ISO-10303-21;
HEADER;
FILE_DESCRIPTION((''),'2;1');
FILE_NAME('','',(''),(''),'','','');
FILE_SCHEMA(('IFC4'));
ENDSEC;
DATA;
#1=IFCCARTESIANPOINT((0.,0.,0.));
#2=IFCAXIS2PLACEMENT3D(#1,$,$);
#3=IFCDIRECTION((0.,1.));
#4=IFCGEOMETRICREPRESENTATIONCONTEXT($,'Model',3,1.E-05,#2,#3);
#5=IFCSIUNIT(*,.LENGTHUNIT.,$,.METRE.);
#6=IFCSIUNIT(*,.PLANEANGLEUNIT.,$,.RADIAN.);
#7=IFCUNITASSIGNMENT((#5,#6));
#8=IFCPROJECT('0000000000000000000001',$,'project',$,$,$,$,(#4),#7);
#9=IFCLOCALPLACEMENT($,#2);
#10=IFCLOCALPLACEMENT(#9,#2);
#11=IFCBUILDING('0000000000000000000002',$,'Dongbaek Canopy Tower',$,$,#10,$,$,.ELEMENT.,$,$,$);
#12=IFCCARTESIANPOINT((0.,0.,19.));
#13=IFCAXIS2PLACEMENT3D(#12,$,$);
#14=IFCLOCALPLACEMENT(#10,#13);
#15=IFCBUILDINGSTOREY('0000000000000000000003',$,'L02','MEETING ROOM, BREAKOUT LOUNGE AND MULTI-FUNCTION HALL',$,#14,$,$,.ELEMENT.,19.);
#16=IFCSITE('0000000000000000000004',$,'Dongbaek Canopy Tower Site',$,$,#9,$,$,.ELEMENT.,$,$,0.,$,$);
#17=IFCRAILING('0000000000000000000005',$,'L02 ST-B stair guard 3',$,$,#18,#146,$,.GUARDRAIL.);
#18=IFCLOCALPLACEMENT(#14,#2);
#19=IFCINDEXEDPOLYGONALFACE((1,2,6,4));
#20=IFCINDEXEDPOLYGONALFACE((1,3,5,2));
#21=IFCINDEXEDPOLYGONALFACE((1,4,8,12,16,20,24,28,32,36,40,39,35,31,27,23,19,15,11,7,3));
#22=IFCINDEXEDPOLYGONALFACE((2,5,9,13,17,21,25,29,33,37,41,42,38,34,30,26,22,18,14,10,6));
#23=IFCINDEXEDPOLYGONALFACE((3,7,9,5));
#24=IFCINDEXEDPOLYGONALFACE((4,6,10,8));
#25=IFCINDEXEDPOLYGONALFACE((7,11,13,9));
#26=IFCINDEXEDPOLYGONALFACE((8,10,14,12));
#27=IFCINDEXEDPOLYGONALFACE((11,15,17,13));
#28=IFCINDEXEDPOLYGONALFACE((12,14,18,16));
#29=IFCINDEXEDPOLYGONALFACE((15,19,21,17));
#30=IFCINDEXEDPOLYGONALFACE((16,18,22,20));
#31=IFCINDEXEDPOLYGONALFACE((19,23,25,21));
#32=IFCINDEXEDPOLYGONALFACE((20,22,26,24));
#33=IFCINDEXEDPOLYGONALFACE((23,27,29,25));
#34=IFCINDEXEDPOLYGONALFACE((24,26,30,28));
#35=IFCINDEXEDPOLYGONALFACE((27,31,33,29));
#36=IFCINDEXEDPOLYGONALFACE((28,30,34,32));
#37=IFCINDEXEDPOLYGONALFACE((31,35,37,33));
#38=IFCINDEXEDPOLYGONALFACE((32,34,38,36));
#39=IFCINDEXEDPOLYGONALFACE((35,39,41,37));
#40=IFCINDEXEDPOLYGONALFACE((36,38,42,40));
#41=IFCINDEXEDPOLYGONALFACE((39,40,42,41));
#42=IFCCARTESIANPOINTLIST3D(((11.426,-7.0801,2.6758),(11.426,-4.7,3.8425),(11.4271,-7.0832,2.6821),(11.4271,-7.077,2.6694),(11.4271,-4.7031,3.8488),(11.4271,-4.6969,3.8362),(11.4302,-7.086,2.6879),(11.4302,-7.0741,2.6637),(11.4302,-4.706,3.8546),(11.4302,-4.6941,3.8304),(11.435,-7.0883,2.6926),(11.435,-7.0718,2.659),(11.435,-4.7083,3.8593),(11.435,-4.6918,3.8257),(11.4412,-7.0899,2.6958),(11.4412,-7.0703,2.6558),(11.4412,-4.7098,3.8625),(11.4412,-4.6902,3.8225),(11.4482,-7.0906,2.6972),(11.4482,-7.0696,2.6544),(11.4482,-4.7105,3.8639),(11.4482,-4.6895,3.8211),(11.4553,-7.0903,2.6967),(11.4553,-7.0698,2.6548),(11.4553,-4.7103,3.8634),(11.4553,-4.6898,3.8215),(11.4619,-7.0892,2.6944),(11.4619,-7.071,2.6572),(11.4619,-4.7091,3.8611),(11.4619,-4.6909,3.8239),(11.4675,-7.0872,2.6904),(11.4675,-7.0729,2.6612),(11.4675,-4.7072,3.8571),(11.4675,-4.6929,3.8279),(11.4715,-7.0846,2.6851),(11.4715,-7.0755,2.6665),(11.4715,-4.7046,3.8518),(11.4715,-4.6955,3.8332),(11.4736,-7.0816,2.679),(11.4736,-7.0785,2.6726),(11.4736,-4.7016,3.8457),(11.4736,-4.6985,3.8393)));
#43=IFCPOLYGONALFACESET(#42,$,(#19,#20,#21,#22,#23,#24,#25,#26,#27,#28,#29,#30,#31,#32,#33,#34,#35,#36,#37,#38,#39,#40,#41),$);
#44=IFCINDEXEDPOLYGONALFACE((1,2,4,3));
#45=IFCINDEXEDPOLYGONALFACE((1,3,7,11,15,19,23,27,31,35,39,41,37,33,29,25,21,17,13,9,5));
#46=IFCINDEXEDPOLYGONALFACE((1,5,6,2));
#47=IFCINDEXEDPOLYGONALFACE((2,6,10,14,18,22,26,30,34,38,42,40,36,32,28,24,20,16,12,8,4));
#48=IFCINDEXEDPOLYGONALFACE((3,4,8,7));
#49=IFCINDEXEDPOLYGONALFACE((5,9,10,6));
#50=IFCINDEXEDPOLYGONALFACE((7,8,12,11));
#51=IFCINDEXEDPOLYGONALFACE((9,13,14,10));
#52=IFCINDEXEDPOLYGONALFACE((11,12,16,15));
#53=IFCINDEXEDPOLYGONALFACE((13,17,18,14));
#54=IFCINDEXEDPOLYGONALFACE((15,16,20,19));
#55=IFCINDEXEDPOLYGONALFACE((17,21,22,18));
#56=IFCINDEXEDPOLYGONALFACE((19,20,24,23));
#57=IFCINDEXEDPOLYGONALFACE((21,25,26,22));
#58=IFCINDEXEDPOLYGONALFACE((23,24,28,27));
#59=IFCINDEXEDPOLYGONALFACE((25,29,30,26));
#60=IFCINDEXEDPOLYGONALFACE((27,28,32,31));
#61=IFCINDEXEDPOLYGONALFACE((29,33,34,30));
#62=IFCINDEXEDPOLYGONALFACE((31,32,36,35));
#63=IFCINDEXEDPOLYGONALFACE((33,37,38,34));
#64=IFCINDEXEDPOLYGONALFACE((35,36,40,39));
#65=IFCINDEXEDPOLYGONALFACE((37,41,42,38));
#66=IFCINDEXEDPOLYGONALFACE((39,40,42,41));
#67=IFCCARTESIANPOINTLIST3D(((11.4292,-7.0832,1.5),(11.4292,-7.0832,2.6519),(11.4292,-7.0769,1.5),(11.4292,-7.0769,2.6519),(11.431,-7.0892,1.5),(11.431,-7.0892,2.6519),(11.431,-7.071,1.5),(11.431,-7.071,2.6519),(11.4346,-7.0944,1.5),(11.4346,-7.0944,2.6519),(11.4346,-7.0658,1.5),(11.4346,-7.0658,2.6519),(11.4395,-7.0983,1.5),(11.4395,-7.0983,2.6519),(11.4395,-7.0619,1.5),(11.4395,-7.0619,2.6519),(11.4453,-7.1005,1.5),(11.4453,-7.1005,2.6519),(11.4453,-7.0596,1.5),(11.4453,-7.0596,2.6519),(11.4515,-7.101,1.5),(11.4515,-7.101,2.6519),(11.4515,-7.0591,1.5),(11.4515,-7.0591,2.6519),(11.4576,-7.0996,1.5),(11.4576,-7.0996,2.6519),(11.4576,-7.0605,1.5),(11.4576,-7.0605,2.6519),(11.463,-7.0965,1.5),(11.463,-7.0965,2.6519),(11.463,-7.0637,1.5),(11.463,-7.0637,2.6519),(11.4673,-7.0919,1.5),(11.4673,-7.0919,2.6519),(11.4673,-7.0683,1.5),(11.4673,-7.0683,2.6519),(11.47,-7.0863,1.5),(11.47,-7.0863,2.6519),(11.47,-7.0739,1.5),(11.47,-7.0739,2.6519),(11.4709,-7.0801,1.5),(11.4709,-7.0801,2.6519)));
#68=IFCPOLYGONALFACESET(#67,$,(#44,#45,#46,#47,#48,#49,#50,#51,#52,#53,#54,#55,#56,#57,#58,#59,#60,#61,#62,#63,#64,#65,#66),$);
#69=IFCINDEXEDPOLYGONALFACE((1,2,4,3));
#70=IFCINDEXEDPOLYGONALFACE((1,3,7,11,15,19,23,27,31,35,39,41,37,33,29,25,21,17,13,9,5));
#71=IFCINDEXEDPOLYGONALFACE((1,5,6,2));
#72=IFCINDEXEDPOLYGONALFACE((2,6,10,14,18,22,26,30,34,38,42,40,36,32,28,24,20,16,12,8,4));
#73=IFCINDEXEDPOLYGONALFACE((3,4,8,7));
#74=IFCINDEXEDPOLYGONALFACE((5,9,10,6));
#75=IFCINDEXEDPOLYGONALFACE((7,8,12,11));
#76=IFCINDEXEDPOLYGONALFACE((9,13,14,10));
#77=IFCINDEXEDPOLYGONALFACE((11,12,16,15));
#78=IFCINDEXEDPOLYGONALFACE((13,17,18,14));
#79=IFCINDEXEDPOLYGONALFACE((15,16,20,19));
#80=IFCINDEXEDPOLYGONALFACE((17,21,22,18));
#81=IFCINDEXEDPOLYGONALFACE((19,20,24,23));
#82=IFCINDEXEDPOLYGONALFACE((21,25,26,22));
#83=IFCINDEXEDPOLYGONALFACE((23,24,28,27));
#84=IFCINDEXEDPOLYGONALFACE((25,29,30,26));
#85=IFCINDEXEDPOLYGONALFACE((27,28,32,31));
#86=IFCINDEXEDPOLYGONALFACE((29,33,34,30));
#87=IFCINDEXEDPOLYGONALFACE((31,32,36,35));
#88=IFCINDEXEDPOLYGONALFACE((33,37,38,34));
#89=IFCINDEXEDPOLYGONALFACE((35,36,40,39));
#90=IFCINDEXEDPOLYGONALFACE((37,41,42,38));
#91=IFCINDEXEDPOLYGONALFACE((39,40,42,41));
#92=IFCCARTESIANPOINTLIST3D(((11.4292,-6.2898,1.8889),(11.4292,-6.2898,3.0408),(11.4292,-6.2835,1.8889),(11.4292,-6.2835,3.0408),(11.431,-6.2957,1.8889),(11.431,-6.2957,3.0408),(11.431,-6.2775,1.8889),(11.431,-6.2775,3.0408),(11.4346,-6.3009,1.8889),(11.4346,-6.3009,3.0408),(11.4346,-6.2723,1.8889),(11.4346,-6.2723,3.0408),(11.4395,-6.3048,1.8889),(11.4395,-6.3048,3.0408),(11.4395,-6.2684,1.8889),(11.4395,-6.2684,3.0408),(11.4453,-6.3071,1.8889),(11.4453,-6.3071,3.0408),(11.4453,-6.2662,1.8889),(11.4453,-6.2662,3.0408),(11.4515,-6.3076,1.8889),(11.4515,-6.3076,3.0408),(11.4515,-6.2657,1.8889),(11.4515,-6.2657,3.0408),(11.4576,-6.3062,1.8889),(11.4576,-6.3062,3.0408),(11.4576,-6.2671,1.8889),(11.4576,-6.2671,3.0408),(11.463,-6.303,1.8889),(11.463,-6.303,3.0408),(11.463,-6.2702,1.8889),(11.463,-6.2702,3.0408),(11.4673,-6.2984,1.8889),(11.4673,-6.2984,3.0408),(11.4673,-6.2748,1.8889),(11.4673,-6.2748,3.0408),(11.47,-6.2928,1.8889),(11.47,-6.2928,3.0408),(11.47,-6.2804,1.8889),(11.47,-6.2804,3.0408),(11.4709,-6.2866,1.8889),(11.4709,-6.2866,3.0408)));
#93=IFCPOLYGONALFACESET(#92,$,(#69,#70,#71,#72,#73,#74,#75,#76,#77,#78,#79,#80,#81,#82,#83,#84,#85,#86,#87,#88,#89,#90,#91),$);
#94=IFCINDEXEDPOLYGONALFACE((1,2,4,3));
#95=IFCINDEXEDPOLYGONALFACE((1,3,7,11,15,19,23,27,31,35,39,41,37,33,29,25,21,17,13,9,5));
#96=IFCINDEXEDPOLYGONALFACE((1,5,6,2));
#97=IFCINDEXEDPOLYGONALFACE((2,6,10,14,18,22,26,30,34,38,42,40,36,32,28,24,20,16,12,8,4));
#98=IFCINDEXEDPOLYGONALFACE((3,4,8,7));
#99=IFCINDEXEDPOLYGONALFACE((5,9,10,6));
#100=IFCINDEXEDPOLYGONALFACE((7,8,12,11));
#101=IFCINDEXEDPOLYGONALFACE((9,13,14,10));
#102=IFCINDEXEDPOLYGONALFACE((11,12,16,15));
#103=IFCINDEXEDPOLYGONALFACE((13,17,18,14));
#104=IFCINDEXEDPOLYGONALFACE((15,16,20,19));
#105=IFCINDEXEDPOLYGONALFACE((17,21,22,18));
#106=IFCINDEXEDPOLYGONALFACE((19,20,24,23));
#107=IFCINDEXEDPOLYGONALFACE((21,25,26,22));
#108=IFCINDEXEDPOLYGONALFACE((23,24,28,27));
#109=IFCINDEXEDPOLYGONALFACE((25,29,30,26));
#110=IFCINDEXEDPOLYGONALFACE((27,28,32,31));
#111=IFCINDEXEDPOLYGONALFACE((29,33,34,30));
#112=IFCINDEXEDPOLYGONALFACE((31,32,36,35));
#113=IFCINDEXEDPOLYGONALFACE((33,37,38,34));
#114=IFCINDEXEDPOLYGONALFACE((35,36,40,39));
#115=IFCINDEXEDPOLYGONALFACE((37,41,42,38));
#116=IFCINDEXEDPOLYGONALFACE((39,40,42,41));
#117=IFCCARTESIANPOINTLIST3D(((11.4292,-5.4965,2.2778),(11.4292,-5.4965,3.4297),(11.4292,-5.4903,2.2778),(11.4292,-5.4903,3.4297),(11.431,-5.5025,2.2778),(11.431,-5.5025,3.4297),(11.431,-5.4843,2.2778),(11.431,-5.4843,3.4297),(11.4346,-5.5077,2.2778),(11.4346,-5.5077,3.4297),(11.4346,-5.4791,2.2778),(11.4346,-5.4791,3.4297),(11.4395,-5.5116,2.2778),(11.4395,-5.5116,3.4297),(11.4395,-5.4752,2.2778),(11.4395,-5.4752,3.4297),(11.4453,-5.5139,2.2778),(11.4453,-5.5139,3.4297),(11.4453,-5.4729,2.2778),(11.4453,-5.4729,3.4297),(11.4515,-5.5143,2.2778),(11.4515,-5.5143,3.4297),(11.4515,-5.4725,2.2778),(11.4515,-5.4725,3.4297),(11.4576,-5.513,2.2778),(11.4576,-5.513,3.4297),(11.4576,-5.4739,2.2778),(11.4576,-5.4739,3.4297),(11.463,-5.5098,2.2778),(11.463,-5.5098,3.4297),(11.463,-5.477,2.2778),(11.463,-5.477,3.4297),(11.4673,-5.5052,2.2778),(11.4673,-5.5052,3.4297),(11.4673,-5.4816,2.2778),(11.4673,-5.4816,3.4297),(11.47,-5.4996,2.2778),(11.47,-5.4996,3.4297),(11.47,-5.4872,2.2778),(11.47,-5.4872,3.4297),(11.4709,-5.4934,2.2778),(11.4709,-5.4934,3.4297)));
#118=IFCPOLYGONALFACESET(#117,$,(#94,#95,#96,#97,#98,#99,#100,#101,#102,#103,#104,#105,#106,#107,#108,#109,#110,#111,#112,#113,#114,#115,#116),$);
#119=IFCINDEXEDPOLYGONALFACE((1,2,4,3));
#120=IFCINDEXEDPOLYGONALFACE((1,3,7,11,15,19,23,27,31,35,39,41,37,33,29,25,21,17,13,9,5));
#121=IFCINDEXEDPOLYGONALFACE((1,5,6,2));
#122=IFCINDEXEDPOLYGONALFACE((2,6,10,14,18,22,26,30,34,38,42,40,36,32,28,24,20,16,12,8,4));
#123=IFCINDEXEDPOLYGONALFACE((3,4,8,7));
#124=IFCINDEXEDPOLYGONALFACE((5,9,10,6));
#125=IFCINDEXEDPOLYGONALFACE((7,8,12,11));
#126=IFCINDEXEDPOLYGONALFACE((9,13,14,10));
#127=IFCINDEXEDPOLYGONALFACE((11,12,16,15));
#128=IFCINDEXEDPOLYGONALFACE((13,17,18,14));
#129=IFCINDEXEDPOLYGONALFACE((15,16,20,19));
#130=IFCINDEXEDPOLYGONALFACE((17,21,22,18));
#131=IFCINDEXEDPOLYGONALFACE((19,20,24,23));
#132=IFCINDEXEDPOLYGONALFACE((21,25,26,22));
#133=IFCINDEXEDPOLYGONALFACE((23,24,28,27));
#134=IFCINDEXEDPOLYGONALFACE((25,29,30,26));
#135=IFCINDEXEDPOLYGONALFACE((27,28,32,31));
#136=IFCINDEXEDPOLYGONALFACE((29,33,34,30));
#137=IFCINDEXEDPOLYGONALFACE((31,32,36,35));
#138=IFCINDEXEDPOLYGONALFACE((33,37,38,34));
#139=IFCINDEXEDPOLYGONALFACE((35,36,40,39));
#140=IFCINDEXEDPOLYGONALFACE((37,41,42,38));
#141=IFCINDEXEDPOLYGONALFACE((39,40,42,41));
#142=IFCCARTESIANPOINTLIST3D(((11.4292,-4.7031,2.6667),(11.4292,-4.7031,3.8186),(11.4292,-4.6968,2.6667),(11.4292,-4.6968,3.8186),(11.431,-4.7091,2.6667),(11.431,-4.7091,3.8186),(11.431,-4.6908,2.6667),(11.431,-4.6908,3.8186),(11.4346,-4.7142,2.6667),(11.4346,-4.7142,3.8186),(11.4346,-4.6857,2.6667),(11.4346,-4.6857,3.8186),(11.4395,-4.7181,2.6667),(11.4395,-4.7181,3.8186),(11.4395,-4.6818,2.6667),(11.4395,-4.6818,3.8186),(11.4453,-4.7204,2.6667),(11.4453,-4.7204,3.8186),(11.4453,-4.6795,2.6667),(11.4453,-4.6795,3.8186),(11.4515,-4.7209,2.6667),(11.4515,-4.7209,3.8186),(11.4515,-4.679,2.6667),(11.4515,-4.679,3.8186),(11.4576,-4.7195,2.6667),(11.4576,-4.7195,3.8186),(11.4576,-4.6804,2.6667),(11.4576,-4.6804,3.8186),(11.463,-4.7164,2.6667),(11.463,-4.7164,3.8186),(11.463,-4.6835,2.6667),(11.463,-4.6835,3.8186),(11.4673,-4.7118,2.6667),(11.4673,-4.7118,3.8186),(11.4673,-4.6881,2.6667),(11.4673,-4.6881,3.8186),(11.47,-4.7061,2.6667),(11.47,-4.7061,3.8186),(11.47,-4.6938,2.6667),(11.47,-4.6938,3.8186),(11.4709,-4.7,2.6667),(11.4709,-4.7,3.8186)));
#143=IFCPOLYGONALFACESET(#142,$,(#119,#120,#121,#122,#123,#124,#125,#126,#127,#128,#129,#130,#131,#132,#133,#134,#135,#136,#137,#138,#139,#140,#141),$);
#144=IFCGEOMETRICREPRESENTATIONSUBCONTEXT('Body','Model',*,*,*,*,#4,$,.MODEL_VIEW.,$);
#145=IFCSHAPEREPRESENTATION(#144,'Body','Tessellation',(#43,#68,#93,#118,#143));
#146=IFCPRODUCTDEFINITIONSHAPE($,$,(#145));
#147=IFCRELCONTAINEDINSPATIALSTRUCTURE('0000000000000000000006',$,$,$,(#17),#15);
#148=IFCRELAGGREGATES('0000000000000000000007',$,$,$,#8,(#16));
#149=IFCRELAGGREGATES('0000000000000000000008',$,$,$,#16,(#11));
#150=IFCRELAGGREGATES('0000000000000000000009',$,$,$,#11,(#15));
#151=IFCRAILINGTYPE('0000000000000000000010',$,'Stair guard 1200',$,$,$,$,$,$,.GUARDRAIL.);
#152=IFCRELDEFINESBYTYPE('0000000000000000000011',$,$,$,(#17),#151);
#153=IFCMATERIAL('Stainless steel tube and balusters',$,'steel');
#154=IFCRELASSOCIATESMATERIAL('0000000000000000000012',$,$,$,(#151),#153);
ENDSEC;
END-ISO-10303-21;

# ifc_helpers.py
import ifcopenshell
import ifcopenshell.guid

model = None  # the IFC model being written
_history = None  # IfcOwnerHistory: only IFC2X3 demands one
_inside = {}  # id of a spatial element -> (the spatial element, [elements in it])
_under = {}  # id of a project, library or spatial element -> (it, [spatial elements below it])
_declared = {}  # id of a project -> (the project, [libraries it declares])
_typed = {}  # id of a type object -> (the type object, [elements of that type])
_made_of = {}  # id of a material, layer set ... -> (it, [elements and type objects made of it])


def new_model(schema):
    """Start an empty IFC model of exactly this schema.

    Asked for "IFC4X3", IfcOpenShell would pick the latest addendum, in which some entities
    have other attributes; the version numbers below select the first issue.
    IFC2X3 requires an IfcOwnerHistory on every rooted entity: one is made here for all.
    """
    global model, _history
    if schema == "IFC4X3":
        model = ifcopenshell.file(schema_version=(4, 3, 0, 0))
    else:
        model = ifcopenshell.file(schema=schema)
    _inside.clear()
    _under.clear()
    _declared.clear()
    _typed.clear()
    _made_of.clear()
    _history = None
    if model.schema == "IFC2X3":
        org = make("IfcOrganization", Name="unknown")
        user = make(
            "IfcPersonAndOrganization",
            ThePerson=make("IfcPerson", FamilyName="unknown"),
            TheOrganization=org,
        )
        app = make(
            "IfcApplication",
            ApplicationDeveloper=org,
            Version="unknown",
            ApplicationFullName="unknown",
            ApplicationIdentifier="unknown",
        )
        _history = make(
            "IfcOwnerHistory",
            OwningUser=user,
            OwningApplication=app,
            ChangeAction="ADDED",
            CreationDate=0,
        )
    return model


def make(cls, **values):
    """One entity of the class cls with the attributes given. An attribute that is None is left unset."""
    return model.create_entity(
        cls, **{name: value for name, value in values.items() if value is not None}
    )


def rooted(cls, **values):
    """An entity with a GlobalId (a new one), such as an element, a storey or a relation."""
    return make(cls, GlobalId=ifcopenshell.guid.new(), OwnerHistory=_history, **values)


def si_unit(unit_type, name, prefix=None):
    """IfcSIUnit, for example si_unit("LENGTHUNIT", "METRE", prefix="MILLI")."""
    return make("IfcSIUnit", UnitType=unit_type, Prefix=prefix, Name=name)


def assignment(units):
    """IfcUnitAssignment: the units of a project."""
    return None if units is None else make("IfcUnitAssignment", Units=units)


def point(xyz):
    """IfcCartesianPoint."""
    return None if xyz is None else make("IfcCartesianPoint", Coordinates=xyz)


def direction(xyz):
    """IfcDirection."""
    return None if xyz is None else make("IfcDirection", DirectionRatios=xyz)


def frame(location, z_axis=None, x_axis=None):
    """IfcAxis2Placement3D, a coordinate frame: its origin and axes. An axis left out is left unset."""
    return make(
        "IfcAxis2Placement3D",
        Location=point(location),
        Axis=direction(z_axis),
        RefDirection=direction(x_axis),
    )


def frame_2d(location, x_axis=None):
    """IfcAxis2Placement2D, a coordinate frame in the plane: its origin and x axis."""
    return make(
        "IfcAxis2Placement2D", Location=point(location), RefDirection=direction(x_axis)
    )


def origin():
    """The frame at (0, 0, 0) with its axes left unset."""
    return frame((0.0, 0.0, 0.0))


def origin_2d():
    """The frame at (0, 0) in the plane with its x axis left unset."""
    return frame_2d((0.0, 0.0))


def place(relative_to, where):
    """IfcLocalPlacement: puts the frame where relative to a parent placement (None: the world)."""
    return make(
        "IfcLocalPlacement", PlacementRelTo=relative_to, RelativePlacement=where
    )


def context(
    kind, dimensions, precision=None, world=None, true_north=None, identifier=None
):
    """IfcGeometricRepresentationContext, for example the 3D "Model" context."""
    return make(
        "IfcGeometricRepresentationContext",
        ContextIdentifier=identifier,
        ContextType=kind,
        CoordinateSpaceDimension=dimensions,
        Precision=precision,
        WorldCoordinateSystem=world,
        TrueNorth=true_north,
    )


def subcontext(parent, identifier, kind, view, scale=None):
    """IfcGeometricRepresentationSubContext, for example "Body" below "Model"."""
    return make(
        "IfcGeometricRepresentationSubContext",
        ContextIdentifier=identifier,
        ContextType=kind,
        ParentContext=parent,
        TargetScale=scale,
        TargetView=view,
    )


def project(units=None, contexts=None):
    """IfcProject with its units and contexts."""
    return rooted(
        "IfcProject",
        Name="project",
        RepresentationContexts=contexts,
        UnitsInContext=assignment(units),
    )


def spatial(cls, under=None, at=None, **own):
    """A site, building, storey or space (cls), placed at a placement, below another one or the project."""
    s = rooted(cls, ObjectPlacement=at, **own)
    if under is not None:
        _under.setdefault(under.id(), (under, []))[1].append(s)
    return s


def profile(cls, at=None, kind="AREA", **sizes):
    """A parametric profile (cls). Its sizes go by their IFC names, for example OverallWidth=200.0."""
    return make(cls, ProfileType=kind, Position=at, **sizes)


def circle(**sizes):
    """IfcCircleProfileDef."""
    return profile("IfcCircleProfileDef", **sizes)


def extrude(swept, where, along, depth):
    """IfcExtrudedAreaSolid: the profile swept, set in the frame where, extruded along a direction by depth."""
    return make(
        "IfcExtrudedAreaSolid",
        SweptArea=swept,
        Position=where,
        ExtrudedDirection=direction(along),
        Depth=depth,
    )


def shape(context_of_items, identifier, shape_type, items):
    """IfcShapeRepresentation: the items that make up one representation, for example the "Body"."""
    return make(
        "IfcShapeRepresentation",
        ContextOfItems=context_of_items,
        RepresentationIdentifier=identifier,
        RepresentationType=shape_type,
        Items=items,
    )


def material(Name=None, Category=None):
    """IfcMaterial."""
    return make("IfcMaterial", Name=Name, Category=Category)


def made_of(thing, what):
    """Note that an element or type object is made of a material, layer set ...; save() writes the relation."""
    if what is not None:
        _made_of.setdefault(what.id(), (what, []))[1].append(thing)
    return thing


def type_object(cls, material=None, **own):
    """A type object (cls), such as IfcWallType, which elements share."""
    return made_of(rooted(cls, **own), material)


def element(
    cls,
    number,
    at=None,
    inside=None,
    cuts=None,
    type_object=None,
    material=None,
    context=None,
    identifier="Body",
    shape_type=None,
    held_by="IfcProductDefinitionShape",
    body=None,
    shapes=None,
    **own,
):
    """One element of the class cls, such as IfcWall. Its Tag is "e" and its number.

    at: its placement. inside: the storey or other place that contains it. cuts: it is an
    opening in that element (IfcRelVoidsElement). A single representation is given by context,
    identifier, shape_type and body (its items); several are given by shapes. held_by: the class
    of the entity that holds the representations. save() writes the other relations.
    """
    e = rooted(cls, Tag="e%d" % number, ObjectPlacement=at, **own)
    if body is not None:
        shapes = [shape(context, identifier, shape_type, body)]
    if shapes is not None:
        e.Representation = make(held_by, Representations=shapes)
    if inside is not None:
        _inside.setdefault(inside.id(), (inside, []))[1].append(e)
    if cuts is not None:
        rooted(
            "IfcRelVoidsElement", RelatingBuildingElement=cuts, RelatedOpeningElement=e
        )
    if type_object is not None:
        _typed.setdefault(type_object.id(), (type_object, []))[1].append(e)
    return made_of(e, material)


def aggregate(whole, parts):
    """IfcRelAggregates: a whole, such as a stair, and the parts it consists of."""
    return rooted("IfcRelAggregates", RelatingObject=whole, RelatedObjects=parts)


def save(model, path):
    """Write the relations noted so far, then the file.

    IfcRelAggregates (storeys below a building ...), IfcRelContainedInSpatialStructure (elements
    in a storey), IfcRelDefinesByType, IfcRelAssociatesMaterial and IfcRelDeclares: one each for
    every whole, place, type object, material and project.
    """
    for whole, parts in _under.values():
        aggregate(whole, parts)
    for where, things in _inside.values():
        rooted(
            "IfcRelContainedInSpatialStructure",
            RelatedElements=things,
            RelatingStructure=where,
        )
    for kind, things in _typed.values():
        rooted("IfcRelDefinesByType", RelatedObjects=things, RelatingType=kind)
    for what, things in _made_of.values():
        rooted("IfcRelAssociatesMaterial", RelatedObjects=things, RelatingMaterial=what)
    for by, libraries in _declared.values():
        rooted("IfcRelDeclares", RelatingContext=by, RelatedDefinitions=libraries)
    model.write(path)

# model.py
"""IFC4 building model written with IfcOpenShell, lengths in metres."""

from ifc_helpers import new_model, si_unit, direction, frame, origin, origin_2d, place, context, subcontext, project, spatial, circle, extrude, material, type_object, element, save


model = new_model("IFC4")

# Units and contexts
model_context = context("Model", 3, precision=1e-05, world=origin(), true_north=direction((0.0, 1.0)))
body_context = subcontext(model_context, "Body", "Model", "MODEL_VIEW")
ifc_project = project(units=[si_unit("LENGTHUNIT", "METRE"), si_unit("PLANEANGLEUNIT", "RADIAN")], contexts=[model_context])

# Site, building, storey
site_placement = place(None, origin())
site = spatial("IfcSite", under=ifc_project, at=site_placement, Name="Dongbaek Canopy Tower Site", CompositionType="ELEMENT", RefElevation=0.0)
building_placement = place(site_placement, origin())
building = spatial("IfcBuilding", under=site, at=building_placement, Name="Dongbaek Canopy Tower", CompositionType="ELEMENT")
storey_placement = place(building_placement, frame((0.0, 0.0, 19.0)))
storey = spatial("IfcBuildingStorey", under=building, at=storey_placement, Name="L02", Description="MEETING ROOM, BREAKOUT LOUNGE AND MULTI-FUNCTION HALL", CompositionType="ELEMENT", Elevation=19.0)

# Railing
ifc_material_1 = material(Name="Stainless steel tube and balusters", Category="steel")
railing_type_1 = type_object("IfcRailingType", Name="Stair guard 1200", PredefinedType="GUARDRAIL", material=ifc_material_1)
railing_1_placement = place(storey_placement, frame((11.45, -7.0801, 1.5)))
element("IfcRailing", 1, at=railing_1_placement, inside=storey, type_object=railing_type_1, Name="L02 ST-B stair guard 3", PredefinedType="GUARDRAIL", context=body_context, shape_type="SweptSolid", body=[
    extrude(circle(Radius=0.0239, at=origin_2d()), frame((0.0, 0.0, 1.1758), z_axis=(0.0, 0.897918, 0.440163), x_axis=(-1.0, 0.0, 0.0)), (0.0, 0.0, 1.0), 2.6506),
    extrude(circle(Radius=0.021, at=origin_2d()), origin(), (0.0, 0.0, 1.0), 1.1519),
    extrude(circle(Radius=0.021, at=origin_2d()), frame((0.0, 0.7935, 0.3889)), (0.0, 0.0, 1.0), 1.1519),
    extrude(circle(Radius=0.021, at=origin_2d()), frame((0.0, 1.5867, 0.7778)), (0.0, 0.0, 1.0), 1.1519),
    extrude(circle(Radius=0.021, at=origin_2d()), frame((0.0, 2.3801, 1.1667)), (0.0, 0.0, 1.0), 1.1519),
])

save(model, "model.ifc")
